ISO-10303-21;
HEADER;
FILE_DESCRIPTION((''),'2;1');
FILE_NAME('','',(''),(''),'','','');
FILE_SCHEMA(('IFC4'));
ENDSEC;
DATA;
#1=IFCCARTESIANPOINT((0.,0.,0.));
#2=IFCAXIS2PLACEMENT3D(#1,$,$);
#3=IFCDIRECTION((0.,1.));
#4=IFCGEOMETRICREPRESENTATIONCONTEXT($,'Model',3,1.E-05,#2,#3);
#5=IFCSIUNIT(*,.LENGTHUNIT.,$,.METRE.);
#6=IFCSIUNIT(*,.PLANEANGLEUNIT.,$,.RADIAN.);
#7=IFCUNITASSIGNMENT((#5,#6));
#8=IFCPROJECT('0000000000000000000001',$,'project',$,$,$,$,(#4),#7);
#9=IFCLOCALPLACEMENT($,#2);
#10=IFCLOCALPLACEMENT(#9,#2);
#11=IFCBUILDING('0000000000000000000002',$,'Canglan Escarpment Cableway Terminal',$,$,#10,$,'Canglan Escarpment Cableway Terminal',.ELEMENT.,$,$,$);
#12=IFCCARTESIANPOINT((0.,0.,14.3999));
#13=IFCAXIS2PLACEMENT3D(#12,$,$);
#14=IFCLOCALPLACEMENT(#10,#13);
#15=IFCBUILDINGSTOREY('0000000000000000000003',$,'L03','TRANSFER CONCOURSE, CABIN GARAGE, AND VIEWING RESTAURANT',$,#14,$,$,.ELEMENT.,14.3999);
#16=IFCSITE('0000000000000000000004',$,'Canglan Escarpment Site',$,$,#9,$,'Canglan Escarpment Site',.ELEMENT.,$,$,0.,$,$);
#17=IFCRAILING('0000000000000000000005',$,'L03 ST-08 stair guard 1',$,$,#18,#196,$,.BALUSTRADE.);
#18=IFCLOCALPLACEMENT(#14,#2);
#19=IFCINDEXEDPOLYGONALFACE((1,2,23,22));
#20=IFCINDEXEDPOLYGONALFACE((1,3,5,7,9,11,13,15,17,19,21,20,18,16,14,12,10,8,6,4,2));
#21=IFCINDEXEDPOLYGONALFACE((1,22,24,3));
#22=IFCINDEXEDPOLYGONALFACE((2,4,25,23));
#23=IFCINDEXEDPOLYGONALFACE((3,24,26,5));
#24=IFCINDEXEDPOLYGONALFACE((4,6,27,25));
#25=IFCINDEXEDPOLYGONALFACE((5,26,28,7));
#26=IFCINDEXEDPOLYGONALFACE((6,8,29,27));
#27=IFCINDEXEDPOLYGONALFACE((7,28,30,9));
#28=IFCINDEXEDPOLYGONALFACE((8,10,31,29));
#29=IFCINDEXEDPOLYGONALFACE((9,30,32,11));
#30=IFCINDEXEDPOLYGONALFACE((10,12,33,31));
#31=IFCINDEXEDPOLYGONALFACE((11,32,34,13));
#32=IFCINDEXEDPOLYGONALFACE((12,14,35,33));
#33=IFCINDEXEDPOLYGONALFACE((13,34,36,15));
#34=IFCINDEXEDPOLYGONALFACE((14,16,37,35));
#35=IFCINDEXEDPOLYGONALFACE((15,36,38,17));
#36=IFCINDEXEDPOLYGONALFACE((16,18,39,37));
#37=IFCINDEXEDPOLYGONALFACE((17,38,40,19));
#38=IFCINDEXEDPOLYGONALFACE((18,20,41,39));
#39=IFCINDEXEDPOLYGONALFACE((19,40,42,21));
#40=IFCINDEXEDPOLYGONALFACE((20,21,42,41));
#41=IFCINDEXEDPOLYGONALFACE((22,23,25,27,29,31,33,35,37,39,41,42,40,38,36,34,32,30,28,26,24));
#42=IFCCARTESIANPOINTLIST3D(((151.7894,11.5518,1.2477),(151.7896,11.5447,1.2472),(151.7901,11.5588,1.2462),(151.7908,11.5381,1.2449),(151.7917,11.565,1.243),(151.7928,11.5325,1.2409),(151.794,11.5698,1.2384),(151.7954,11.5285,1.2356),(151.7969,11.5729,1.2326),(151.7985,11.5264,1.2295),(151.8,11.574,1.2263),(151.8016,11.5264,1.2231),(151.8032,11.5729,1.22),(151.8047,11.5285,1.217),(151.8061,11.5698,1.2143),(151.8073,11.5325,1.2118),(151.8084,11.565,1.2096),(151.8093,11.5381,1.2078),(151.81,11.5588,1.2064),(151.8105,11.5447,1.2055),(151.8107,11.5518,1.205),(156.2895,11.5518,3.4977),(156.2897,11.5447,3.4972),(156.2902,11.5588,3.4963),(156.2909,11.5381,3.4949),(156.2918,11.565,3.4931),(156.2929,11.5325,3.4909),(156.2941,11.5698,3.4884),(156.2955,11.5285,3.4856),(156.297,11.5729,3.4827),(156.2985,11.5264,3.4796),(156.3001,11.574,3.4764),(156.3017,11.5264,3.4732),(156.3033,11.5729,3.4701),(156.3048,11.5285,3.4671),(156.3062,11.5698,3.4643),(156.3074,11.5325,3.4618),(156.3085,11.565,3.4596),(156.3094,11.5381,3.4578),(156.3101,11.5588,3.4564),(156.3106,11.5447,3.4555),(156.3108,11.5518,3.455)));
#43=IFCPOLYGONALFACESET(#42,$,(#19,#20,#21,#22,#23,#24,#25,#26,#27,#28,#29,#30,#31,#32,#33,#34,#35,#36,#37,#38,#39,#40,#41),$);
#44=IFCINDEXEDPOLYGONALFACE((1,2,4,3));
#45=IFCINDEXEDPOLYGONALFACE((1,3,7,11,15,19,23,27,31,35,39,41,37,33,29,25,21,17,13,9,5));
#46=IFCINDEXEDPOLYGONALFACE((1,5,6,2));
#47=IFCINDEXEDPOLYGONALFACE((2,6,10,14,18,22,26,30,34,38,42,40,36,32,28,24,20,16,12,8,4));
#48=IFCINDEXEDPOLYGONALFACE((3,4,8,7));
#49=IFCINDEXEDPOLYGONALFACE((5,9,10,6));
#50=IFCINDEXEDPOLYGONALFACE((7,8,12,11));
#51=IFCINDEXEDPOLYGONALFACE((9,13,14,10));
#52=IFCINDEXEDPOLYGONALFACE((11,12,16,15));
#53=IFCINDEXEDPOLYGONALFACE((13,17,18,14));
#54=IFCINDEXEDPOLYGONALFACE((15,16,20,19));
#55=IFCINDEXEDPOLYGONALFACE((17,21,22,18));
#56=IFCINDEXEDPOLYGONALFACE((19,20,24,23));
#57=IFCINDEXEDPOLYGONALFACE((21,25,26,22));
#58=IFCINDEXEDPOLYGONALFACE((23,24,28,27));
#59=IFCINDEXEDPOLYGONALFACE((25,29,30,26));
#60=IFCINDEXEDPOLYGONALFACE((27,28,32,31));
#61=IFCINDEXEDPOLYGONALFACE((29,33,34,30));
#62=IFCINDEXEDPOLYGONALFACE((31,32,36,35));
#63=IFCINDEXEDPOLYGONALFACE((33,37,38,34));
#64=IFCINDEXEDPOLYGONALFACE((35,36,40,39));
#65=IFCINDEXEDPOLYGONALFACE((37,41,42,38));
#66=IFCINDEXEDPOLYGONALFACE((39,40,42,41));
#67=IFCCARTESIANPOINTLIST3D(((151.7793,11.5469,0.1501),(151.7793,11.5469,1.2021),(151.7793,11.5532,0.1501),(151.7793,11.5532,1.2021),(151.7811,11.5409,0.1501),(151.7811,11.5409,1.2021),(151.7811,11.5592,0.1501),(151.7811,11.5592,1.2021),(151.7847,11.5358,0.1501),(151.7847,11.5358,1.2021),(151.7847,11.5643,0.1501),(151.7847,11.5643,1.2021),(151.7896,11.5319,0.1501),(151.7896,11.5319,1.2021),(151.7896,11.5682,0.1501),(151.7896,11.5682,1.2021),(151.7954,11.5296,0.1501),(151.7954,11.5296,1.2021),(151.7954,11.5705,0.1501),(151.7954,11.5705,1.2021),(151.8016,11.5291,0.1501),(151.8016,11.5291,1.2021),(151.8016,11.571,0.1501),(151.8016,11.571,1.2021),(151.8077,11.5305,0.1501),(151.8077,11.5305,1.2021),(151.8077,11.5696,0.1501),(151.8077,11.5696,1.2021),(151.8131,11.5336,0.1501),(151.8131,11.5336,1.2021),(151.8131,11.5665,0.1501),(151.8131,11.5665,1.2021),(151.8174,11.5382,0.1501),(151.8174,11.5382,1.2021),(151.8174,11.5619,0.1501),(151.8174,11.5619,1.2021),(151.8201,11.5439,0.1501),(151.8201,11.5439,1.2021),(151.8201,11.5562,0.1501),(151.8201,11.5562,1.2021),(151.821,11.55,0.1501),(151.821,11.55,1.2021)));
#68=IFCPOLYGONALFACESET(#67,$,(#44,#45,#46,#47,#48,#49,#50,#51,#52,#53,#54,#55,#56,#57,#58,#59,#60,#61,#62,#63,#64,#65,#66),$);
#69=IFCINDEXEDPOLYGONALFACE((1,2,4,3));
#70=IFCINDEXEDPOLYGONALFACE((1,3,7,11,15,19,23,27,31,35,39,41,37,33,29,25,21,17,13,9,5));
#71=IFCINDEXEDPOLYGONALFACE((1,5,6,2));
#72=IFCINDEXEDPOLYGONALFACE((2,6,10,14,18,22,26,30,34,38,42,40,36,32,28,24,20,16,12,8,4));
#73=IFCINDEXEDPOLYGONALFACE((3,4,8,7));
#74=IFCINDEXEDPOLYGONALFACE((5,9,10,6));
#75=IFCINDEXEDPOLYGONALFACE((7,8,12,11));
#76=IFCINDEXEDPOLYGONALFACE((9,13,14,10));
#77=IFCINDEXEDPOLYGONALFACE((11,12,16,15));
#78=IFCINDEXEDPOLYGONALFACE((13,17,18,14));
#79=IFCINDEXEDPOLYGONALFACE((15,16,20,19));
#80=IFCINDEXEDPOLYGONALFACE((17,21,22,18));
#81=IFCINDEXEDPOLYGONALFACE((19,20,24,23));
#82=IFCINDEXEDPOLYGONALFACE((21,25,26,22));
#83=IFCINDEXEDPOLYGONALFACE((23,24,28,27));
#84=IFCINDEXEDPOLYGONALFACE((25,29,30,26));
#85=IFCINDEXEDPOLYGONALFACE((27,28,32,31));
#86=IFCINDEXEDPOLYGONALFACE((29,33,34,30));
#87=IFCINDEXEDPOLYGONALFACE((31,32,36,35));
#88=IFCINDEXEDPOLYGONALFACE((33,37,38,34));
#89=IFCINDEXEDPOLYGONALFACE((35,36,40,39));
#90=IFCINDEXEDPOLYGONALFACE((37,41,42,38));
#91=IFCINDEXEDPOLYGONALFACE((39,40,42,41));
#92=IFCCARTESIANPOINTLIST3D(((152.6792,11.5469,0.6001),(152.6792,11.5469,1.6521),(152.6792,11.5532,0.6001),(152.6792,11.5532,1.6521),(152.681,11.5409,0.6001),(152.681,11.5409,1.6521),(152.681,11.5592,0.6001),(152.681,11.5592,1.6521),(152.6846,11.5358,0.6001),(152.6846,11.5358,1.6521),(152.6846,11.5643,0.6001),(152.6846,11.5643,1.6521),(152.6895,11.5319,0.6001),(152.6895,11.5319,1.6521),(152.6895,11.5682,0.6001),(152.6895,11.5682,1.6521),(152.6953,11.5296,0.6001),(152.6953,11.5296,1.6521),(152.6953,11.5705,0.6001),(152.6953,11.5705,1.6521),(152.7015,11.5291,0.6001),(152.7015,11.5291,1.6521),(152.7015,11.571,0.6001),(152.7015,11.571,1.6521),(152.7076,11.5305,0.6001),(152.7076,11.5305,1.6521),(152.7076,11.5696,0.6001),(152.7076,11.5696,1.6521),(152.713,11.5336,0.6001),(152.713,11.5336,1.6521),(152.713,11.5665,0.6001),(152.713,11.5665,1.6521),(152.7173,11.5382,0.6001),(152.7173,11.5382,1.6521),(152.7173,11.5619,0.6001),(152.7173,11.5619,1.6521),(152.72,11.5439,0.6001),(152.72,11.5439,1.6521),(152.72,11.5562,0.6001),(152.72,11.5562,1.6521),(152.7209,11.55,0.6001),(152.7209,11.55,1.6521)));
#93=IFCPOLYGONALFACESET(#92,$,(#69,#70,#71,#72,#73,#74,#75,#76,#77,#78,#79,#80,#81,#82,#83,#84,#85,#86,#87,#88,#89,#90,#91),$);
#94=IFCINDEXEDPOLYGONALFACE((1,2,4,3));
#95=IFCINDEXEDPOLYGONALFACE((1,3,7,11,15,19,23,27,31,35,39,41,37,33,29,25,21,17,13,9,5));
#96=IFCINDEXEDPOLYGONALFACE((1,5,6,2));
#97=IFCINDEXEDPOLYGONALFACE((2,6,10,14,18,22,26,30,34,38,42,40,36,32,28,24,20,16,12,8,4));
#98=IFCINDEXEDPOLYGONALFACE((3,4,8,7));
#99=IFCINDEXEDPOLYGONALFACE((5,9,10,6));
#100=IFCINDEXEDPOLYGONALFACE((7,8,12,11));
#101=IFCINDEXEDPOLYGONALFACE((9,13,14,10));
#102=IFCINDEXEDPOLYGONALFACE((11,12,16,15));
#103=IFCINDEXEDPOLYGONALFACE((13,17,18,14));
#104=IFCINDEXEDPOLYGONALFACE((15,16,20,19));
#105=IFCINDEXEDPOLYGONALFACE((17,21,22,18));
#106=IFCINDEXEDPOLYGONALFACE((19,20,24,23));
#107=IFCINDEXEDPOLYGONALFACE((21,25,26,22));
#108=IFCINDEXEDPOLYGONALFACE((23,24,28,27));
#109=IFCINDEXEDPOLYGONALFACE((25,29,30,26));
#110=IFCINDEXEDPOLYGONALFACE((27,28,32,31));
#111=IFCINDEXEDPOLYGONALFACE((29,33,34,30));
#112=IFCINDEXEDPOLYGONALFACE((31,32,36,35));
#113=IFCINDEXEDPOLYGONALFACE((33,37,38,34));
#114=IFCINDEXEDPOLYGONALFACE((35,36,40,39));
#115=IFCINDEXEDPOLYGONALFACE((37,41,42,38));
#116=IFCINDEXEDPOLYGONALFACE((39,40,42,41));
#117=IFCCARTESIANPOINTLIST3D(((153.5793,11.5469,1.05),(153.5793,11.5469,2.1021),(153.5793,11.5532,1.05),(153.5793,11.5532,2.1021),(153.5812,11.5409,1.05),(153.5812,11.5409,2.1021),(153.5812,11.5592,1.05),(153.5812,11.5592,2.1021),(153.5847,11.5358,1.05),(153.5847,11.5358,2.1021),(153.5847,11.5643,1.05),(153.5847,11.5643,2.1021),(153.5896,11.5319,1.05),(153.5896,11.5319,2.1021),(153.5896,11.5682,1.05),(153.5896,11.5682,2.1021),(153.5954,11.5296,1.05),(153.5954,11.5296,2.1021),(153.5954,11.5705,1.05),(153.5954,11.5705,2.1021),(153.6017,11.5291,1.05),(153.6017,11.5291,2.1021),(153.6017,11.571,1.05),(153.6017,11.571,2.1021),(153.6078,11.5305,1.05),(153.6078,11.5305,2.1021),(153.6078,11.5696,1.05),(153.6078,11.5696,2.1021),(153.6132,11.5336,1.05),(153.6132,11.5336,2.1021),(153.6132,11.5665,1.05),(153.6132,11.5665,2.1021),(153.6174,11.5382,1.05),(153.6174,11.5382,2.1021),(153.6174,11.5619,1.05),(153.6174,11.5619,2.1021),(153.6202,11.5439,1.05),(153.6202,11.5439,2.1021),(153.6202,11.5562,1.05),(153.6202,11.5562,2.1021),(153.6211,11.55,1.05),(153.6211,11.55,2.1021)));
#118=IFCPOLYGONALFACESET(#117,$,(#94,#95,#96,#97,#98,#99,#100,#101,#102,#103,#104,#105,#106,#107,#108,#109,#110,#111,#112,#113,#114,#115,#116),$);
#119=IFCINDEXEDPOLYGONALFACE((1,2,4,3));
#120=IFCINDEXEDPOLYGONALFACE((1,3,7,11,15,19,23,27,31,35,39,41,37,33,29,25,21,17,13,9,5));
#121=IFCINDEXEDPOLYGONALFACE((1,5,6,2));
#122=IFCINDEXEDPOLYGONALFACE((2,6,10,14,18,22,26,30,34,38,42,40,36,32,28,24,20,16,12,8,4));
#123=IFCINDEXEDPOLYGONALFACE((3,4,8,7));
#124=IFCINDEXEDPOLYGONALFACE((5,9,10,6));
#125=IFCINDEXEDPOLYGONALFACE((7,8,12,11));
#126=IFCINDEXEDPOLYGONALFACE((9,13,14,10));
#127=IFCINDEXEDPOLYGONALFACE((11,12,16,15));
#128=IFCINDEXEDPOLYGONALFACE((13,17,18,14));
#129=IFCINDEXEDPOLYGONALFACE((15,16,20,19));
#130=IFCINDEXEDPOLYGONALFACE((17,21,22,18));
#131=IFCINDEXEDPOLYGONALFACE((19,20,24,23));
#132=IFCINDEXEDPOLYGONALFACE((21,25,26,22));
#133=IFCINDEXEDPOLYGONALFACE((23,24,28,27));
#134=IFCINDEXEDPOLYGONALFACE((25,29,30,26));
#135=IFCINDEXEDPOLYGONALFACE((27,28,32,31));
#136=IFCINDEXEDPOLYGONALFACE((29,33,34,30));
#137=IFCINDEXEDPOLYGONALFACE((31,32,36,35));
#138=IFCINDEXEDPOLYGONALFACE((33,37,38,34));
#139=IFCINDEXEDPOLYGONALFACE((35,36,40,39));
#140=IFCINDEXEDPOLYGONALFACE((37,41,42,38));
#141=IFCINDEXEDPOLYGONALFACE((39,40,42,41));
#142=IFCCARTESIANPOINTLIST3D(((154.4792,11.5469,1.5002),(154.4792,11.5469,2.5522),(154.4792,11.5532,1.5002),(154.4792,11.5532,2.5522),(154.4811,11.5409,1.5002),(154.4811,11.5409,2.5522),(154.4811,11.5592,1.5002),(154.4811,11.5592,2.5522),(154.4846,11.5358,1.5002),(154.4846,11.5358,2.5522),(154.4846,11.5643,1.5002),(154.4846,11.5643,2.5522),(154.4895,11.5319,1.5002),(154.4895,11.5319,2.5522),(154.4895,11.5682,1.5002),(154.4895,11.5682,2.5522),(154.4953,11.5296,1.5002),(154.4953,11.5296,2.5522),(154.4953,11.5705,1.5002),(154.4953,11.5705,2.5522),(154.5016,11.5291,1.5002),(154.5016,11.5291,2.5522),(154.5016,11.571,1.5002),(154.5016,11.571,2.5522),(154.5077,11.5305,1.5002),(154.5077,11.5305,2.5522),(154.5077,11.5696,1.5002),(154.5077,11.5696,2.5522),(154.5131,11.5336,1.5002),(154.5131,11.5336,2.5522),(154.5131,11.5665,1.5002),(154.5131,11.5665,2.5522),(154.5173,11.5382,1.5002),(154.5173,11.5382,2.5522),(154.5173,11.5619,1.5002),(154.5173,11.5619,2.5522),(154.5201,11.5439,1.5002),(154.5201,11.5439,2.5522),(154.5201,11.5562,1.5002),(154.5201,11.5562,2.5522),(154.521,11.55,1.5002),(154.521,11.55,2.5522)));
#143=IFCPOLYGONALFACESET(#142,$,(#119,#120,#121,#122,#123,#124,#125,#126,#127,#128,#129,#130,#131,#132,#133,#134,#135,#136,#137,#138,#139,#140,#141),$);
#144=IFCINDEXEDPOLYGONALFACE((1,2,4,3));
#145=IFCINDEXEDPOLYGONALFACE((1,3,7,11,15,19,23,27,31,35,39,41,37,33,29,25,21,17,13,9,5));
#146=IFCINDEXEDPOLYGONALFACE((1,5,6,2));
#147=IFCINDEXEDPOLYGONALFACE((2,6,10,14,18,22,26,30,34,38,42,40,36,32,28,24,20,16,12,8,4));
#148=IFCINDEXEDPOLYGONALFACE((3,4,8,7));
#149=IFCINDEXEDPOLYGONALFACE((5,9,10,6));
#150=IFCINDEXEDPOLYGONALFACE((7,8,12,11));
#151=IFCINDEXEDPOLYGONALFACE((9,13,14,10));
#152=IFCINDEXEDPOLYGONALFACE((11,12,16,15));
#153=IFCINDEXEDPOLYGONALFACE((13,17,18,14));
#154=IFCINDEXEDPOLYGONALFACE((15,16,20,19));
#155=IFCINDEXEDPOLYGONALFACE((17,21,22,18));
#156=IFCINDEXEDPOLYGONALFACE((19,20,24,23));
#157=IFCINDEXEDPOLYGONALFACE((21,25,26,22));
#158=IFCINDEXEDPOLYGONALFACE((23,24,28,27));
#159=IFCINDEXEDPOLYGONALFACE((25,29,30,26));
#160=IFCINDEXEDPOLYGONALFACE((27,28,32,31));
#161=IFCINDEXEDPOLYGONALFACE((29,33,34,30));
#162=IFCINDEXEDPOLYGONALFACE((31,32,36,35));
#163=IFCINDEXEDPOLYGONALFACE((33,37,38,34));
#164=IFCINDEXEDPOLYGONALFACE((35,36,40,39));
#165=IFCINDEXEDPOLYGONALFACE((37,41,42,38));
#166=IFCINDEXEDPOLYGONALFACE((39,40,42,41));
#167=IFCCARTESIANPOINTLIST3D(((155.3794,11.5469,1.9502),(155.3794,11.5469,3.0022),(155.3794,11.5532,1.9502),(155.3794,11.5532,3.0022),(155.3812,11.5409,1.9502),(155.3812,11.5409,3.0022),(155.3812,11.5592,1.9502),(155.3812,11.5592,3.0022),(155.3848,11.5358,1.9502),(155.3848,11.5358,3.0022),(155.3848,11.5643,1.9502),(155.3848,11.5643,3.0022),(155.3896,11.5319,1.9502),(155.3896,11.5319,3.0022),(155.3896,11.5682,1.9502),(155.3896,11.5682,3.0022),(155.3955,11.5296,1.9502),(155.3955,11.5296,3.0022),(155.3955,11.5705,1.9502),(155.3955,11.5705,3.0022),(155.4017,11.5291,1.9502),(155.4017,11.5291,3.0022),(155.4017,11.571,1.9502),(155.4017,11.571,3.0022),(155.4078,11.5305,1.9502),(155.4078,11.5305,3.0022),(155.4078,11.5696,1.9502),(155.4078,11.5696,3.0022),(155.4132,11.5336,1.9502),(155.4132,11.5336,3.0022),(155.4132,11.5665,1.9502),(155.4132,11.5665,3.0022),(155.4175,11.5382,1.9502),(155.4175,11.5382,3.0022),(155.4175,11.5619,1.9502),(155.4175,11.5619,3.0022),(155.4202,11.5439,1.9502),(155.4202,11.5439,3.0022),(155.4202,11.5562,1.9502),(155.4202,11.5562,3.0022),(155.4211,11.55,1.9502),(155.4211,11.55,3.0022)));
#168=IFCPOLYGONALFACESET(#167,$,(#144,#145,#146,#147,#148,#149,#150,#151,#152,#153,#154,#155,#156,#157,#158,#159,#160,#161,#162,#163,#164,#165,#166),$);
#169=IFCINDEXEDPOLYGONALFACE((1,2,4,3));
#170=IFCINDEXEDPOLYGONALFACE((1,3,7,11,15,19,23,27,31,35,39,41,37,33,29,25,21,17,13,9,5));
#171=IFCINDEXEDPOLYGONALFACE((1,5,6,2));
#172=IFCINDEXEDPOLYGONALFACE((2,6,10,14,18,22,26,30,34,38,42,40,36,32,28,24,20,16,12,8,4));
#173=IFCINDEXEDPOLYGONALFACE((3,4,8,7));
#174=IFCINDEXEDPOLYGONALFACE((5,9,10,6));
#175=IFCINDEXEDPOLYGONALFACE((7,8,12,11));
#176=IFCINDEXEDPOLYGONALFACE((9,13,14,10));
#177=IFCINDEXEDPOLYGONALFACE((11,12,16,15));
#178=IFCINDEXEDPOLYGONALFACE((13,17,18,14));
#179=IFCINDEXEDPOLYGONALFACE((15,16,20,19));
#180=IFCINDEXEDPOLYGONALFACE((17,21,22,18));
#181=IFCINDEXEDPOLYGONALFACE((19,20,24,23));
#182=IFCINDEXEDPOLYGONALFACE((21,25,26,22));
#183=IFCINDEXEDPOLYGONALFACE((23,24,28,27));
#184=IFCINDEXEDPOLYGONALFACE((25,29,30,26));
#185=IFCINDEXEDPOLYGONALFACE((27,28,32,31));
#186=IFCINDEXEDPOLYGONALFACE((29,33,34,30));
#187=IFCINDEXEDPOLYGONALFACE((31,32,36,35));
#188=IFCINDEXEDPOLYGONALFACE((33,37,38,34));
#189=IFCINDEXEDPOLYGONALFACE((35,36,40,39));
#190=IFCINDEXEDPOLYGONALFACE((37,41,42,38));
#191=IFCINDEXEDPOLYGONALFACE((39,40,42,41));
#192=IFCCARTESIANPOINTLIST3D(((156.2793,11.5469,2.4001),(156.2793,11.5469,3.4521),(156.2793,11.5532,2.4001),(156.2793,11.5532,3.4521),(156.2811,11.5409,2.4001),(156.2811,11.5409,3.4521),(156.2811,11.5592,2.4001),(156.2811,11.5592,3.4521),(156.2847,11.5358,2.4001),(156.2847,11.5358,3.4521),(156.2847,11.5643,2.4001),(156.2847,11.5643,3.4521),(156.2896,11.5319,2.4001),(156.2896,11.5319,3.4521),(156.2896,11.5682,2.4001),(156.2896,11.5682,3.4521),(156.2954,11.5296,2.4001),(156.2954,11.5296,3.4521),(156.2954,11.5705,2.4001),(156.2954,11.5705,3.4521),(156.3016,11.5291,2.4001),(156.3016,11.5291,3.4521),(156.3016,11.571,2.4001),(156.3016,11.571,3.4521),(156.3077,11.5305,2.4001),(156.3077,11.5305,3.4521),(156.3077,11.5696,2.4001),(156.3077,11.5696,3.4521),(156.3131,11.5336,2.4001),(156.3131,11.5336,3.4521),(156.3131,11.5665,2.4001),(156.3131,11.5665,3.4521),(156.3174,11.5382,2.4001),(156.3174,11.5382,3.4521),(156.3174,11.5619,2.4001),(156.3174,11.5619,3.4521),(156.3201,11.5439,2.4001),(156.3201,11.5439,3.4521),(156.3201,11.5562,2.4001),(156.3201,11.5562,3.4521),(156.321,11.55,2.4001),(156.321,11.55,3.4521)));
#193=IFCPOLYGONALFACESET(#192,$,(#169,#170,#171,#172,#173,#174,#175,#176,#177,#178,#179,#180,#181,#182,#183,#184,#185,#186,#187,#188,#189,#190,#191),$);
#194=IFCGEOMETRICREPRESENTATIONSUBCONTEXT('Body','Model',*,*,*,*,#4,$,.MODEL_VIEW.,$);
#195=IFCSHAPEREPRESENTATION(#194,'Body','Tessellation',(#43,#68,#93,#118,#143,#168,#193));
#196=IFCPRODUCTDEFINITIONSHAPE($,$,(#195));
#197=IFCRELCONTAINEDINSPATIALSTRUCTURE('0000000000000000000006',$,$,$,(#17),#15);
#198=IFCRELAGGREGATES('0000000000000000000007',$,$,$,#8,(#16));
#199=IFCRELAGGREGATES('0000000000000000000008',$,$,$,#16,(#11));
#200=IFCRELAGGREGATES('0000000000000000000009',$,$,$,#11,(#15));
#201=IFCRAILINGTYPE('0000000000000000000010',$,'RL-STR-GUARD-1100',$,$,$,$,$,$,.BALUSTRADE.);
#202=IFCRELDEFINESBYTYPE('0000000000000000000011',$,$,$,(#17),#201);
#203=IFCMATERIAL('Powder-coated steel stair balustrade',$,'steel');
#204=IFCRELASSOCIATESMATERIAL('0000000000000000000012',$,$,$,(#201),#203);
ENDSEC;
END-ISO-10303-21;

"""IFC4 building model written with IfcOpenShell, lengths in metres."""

from ifc_helpers import new_model, si_unit, direction, frame, origin, origin_2d, place, context, subcontext, project, spatial, circle, extrude, material, type_object, element, save


model = new_model("IFC4")

# Units and contexts
model_context = context("Model", 3, precision=1e-05, world=origin(), true_north=direction((0.0, 1.0)))
body_context = subcontext(model_context, "Body", "Model", "MODEL_VIEW")
ifc_project = project(units=[si_unit("LENGTHUNIT", "METRE"), si_unit("PLANEANGLEUNIT", "RADIAN")], contexts=[model_context])

# Site, building, storey
site_placement = place(None, origin())
site = spatial("IfcSite", under=ifc_project, at=site_placement, Name="Canglan Escarpment Site", LongName="Canglan Escarpment Site", CompositionType="ELEMENT", RefElevation=0.0)
building_placement = place(site_placement, origin())
building = spatial("IfcBuilding", under=site, at=building_placement, Name="Canglan Escarpment Cableway Terminal", LongName="Canglan Escarpment Cableway Terminal", CompositionType="ELEMENT")
storey_placement = place(building_placement, frame((0.0, 0.0, 14.3999)))
storey = spatial("IfcBuildingStorey", under=building, at=storey_placement, Name="L03", Description="TRANSFER CONCOURSE, CABIN GARAGE, AND VIEWING RESTAURANT", CompositionType="ELEMENT", Elevation=14.3999)

# Railing
ifc_material_1 = material(Name="Powder-coated steel stair balustrade", Category="steel")
railing_type_1 = type_object("IfcRailingType", Name="RL-STR-GUARD-1100", PredefinedType="BALUSTRADE", material=ifc_material_1)
railing_1_placement = place(storey_placement, frame((151.8, 11.55, 0.1501)))
element("IfcRailing", 1, at=railing_1_placement, inside=storey, type_object=railing_type_1, Name="L03 ST-08 stair guard 1", PredefinedType="BALUSTRADE", context=body_context, shape_type="SweptSolid", body=[
    extrude(circle(Radius=0.0239, at=origin_2d()), frame((0.0, 0.0, 1.0762), z_axis=(0.894427, 0.0, 0.447214), x_axis=(0.0, 1.0, 0.0)), (0.0, 0.0, 1.0), 5.0312),
    extrude(circle(Radius=0.021, at=origin_2d()), origin(), (0.0, 0.0, 1.0), 1.052),
    extrude(circle(Radius=0.021, at=origin_2d()), frame((0.8999, 0.0, 0.45)), (0.0, 0.0, 1.0), 1.052),
    extrude(circle(Radius=0.021, at=origin_2d()), frame((1.8, 0.0, 0.8999)), (0.0, 0.0, 1.0), 1.052),
    extrude(circle(Radius=0.021, at=origin_2d()), frame((2.7, 0.0, 1.3501)), (0.0, 0.0, 1.0), 1.052),
    extrude(circle(Radius=0.021, at=origin_2d()), frame((3.6001, 0.0, 1.8)), (0.0, 0.0, 1.0), 1.052),
    extrude(circle(Radius=0.021, at=origin_2d()), frame((4.5, 0.0, 2.25)), (0.0, 0.0, 1.0), 1.052),
])

save(model, "model.ifc")
